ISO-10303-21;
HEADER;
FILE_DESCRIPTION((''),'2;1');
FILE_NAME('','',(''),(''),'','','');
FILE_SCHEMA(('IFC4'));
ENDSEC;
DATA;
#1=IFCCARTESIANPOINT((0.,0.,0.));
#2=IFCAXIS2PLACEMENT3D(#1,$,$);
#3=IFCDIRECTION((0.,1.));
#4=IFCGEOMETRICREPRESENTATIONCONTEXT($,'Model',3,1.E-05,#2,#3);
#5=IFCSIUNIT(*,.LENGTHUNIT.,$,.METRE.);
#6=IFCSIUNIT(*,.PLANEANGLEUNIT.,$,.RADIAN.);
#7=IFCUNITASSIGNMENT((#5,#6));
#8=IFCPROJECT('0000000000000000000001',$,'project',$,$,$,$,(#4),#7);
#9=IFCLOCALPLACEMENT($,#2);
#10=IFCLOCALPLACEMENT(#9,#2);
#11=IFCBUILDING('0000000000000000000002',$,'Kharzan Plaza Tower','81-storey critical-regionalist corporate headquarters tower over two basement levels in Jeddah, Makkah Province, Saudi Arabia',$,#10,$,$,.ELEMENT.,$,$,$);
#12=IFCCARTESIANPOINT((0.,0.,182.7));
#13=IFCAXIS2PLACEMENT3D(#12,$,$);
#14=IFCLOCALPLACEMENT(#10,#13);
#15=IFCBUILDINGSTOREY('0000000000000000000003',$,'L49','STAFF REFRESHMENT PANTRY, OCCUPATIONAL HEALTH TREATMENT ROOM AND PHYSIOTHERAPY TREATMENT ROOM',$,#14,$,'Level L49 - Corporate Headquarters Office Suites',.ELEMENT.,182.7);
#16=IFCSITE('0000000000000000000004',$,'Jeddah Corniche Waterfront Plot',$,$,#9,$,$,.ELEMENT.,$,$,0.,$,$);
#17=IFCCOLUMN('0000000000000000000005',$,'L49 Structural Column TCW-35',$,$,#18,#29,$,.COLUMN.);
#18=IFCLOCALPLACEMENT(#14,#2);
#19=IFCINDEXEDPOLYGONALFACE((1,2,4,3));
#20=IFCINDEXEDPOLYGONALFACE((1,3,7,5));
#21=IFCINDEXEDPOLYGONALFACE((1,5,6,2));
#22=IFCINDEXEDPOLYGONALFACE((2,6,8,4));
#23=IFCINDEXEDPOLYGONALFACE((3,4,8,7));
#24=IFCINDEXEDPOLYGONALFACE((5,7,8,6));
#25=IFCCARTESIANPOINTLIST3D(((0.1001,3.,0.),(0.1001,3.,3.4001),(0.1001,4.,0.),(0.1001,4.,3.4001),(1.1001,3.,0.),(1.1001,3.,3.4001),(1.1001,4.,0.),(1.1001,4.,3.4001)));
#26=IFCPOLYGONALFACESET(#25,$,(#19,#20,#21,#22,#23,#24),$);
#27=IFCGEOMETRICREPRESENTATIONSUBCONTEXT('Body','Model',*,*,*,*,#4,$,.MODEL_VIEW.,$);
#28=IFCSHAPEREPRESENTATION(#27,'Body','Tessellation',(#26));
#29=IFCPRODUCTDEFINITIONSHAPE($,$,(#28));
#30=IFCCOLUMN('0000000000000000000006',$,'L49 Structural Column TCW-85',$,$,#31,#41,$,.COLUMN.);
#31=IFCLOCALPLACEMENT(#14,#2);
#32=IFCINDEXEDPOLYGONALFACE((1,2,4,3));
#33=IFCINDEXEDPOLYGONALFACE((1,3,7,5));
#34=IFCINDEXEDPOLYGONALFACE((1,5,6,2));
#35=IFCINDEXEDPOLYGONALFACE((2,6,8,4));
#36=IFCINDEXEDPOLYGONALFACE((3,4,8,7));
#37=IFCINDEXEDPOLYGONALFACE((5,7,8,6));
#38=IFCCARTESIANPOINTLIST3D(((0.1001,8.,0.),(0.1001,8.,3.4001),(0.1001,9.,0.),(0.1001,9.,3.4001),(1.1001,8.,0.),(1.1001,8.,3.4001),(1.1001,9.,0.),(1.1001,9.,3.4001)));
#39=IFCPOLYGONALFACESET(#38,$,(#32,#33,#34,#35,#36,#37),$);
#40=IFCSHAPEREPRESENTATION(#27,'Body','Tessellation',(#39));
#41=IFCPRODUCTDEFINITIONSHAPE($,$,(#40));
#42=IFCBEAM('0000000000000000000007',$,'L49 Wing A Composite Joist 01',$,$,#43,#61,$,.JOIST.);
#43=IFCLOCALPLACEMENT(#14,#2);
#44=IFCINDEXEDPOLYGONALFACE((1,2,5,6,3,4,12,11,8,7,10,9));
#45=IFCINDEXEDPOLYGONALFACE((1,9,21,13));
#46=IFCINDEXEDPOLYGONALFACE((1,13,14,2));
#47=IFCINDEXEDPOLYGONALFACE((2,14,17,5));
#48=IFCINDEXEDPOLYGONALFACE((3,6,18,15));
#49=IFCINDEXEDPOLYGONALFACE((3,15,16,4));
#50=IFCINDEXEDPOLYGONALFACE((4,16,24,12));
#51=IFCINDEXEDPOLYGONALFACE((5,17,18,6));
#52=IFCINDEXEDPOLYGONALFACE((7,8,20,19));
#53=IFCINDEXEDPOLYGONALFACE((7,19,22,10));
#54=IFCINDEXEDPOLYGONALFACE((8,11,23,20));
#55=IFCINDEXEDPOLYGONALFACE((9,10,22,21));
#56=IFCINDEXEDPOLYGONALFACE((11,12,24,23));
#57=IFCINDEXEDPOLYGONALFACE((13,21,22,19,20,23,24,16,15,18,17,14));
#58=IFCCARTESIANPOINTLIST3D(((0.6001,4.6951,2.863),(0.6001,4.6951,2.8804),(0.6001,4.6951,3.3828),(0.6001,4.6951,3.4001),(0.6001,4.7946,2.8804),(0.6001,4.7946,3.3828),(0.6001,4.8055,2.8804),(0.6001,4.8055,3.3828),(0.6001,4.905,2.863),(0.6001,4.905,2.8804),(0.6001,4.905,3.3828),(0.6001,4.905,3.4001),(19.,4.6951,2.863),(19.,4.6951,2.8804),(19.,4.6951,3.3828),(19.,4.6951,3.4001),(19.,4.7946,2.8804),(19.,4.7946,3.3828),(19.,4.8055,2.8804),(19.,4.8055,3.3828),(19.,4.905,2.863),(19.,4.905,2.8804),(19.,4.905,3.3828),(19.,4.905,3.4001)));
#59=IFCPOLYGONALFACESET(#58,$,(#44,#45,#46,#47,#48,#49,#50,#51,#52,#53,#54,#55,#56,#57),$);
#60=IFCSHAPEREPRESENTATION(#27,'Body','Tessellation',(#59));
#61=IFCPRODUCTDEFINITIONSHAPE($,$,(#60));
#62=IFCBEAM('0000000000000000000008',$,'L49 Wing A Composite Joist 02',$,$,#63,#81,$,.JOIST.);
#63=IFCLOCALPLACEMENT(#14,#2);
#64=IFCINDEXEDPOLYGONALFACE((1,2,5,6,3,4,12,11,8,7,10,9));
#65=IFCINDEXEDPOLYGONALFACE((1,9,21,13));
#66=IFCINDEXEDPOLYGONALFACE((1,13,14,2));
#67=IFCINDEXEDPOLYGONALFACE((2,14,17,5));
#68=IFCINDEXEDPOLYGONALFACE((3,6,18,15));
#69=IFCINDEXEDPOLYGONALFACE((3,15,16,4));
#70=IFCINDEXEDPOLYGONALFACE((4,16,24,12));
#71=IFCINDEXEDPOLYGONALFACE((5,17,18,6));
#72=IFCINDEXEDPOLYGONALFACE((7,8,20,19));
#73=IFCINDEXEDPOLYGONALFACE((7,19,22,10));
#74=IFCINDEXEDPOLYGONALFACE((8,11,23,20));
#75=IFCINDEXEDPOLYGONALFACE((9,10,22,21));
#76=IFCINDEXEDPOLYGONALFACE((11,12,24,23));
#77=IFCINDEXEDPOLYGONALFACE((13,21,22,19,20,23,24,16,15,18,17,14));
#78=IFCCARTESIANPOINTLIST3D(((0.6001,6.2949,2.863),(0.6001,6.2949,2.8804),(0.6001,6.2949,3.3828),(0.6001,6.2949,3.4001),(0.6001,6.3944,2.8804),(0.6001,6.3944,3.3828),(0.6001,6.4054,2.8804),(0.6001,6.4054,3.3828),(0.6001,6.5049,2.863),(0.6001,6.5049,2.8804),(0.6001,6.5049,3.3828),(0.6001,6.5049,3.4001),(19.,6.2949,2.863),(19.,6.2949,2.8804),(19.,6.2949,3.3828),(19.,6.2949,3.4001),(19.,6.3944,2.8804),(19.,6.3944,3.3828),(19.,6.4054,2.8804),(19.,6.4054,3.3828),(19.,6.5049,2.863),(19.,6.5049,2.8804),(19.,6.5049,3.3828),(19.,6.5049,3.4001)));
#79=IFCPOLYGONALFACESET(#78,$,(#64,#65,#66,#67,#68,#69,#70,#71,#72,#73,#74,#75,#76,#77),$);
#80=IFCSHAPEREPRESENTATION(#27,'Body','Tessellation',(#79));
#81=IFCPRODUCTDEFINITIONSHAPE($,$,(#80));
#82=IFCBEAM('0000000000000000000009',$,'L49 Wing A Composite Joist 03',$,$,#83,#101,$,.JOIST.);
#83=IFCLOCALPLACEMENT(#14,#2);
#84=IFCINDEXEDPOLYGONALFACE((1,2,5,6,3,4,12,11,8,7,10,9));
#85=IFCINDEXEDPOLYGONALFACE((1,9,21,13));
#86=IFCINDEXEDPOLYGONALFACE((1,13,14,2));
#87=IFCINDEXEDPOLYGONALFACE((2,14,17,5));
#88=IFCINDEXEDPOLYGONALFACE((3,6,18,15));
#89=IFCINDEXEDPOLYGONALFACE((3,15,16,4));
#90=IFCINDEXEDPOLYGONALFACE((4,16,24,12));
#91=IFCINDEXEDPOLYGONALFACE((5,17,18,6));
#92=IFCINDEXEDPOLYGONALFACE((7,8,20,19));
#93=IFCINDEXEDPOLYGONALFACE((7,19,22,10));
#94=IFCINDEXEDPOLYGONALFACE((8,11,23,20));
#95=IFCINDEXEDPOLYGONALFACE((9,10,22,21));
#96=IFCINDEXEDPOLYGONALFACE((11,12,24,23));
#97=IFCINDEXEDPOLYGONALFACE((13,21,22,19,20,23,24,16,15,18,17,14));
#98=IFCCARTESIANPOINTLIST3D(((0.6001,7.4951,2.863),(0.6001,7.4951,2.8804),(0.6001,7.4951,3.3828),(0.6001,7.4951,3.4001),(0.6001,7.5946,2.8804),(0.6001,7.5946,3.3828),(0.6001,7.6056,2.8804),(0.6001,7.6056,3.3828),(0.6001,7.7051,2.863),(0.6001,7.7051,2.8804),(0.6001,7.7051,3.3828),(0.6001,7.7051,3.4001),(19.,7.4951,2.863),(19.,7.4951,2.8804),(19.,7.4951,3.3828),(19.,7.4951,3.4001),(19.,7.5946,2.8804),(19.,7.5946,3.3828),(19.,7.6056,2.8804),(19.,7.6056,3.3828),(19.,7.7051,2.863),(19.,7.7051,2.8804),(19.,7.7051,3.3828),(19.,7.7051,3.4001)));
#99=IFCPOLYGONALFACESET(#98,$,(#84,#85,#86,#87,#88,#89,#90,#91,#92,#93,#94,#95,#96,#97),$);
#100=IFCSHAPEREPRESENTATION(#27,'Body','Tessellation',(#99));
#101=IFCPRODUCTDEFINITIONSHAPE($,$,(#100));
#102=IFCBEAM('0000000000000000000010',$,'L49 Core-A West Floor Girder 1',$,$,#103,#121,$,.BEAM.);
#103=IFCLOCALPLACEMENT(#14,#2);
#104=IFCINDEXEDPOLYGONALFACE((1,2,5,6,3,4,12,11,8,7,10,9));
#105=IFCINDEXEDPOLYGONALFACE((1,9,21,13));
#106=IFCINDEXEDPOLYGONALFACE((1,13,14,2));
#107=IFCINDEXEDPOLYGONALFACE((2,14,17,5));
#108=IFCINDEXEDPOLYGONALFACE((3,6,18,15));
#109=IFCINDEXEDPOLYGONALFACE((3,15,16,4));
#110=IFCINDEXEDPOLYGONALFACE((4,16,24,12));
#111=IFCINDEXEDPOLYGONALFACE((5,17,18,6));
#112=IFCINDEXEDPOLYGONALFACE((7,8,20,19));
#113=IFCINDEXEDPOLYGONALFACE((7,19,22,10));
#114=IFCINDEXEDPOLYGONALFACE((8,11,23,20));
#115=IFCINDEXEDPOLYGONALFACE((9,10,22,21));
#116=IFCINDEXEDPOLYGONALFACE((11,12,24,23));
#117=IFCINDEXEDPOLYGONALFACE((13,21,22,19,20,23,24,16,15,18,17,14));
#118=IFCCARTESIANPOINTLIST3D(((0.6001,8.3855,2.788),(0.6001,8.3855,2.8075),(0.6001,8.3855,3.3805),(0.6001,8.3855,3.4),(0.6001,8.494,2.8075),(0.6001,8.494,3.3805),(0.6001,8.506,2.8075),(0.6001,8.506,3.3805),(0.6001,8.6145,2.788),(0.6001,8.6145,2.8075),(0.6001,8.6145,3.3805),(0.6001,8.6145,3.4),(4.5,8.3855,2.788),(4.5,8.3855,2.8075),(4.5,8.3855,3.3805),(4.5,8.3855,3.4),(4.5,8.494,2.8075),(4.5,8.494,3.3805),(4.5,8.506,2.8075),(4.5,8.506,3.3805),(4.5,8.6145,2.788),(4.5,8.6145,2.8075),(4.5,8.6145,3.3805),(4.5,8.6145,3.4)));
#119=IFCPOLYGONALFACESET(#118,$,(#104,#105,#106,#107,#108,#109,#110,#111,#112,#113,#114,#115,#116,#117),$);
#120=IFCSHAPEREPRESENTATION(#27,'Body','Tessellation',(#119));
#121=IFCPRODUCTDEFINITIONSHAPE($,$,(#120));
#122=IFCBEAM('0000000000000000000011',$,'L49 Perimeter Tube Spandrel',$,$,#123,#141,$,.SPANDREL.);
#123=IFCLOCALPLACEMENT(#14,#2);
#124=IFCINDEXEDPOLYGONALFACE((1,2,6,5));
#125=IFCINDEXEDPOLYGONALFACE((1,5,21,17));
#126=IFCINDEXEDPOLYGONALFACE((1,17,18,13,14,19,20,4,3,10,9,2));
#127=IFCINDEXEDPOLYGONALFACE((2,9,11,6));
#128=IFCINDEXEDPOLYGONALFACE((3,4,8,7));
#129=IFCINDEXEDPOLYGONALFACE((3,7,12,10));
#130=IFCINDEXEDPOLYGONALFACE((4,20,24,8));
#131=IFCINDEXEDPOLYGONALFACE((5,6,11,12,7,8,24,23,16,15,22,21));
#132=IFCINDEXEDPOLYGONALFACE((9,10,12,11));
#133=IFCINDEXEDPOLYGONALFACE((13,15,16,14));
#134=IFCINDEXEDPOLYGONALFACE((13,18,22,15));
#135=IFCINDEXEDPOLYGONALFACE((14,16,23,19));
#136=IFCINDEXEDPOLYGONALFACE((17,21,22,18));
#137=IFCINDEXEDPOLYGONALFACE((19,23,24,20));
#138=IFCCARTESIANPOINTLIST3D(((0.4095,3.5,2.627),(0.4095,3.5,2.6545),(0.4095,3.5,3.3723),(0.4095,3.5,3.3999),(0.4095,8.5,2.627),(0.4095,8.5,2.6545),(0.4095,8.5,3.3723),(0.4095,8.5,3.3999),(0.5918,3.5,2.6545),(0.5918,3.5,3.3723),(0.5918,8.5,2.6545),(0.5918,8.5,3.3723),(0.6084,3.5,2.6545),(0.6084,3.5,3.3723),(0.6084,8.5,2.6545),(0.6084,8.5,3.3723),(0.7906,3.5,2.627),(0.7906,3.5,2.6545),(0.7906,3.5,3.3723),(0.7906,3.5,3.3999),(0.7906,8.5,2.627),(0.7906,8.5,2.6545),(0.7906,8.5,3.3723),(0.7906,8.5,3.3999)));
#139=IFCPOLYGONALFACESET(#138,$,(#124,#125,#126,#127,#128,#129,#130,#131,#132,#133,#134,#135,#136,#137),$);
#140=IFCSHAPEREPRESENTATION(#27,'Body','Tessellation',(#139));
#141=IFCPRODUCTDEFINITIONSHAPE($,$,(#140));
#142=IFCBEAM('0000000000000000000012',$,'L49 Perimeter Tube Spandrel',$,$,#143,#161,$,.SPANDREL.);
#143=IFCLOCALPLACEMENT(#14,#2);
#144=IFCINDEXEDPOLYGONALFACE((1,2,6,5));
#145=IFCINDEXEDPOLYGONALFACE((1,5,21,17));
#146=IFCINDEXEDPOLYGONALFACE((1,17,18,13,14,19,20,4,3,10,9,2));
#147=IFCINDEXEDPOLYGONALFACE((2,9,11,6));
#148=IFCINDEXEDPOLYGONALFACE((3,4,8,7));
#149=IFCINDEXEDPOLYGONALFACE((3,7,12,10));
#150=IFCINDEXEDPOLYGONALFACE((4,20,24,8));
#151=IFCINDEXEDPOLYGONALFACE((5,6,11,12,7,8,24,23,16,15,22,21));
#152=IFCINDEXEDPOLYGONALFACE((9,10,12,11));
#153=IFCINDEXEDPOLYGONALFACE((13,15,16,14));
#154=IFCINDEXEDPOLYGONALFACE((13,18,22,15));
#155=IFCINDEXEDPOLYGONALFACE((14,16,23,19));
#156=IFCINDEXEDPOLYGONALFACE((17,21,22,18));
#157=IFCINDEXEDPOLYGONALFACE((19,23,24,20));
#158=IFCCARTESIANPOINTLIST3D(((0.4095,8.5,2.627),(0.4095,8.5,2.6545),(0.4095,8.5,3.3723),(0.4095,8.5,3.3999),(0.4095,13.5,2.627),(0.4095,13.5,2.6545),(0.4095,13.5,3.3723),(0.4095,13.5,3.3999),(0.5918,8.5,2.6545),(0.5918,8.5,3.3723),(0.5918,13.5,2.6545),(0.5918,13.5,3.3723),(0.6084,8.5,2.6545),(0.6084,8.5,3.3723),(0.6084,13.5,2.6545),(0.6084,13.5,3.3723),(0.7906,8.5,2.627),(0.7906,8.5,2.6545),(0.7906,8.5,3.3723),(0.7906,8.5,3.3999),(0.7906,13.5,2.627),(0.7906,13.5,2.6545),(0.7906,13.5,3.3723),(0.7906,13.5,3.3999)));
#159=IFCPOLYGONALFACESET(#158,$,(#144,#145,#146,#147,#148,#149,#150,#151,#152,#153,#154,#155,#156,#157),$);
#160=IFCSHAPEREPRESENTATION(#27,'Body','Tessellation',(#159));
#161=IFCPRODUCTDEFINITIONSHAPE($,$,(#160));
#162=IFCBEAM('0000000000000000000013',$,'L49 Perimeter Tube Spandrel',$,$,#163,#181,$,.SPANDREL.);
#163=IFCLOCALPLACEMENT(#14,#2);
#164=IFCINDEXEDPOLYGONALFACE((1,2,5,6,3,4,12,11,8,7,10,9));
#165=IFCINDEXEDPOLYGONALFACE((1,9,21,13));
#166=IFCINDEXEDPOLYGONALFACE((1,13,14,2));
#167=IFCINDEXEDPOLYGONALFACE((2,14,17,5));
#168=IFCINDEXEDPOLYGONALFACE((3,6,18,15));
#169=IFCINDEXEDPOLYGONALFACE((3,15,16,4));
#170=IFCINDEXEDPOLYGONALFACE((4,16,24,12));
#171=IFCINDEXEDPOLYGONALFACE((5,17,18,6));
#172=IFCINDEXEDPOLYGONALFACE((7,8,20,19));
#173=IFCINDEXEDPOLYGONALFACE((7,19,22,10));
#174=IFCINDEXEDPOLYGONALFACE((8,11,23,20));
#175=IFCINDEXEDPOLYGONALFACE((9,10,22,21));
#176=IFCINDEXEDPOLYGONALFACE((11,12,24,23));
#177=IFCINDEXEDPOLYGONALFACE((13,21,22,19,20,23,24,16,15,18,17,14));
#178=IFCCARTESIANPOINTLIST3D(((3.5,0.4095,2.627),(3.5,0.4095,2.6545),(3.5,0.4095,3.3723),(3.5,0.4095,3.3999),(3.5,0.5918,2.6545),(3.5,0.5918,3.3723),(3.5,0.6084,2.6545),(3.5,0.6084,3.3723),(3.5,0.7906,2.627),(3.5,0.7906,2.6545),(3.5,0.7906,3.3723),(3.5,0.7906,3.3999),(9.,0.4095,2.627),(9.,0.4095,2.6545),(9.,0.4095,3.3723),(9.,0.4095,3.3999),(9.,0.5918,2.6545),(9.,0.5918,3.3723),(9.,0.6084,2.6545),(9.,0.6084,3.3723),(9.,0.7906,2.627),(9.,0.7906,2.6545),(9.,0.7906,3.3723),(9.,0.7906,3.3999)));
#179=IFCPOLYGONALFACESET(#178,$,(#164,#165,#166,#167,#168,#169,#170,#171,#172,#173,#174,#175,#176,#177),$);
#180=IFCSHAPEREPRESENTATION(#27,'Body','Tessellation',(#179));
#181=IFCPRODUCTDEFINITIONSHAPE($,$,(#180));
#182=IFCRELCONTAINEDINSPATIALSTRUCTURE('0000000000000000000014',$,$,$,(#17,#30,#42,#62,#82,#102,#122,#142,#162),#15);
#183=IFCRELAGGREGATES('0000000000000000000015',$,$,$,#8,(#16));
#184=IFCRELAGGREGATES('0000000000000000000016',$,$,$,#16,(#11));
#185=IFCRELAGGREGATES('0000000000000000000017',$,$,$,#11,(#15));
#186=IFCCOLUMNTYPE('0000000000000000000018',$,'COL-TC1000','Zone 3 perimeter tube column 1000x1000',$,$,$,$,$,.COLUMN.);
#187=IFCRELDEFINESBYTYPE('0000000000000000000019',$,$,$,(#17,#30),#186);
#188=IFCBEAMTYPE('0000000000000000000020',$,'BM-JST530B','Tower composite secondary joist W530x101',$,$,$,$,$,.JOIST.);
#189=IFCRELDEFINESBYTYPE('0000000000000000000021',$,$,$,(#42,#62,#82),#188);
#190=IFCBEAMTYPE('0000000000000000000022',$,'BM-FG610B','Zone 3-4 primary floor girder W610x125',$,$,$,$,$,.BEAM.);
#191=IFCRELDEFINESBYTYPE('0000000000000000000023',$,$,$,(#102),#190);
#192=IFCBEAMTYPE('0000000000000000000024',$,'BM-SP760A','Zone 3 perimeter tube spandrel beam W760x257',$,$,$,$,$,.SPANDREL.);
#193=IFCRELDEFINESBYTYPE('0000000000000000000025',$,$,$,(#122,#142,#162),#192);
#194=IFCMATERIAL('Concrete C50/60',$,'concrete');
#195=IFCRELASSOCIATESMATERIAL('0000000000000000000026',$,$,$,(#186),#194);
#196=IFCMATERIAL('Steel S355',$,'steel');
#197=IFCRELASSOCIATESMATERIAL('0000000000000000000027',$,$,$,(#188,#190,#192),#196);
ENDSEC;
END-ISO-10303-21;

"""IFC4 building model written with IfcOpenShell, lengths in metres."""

from ifc_helpers import new_model, si_unit, direction, frame, origin, origin_2d, place, context, subcontext, project, spatial, rectangle, i_section, extrude, source, transform, mapped, material, material_profile, profile_set, type_object, element, save


model = new_model("IFC4")

# Units and contexts
model_context = context("Model", 3, precision=1e-05, world=origin(), true_north=direction((0.0, 1.0)))
body_context = subcontext(model_context, "Body", "Model", "MODEL_VIEW")
ifc_project = project(units=[si_unit("LENGTHUNIT", "METRE"), si_unit("PLANEANGLEUNIT", "RADIAN")], contexts=[model_context])

# Site, building, storey
site_placement = place(None, origin())
site = spatial("IfcSite", under=ifc_project, at=site_placement, Name="Jeddah Corniche Waterfront Plot", CompositionType="ELEMENT", RefElevation=0.0)
building_placement = place(site_placement, origin())
building = spatial("IfcBuilding", under=site, at=building_placement, Name="Kharzan Plaza Tower", Description="81-storey critical-regionalist corporate headquarters tower over two basement levels in Jeddah, Makkah Province, Saudi Arabia", CompositionType="ELEMENT")
storey_placement = place(building_placement, frame((0.0, 0.0, 182.7)))
storey = spatial("IfcBuildingStorey", under=building, at=storey_placement, Name="L49", Description="STAFF REFRESHMENT PANTRY, OCCUPATIONAL HEALTH TREATMENT ROOM AND PHYSIOTHERAPY TREATMENT ROOM", LongName="Level L49 - Corporate Headquarters Office Suites", CompositionType="ELEMENT", Elevation=182.7)

# Columns
ifc_material_1 = material(Name="Concrete C50/60", Category="concrete")
ifc_material_profile_1 = material_profile(ifc_material_1, rectangle(XDim=1.0, YDim=1.0, at=origin_2d()), Name="RC-TC1000x1000")
ifc_profile_set_1 = profile_set([ifc_material_profile_1], Name="Concrete C50/60")
column_type = type_object("IfcColumnType", Name="COL-TC1000", Description="Zone 3 perimeter tube column 1000x1000", PredefinedType="COLUMN", material=ifc_profile_set_1)
shared_shape_1 = source(origin(), body_context, "Body", "SweptSolid", [
    extrude(rectangle(XDim=1.0, YDim=1.0, at=origin_2d()), origin(), (0.0, 0.0, 1.0), 3.4001),
])
for number, where, z_axis, x_axis, name in (
    (1, (0.6001, 3.5, 0.0), (0.0, 0.0, 1.0), (1.0, 0.0, 0.0), "L49 Structural Column TCW-35"),
    (2, (0.6001, 8.5, 0.0), (0.0, 0.0, 1.0), (1.0, 0.0, 0.0), "L49 Structural Column TCW-85"),
):
    element("IfcColumn", number, at=place(storey_placement, frame(where, z_axis=z_axis, x_axis=x_axis)), inside=storey, type_object=column_type, Name=name, PredefinedType="COLUMN", context=body_context, shape_type="MappedRepresentation", body=[
        mapped(shared_shape_1, transform((0.0, 0.0, 0.0), x_axis=(1.0, 0.0, 0.0), y_axis=(0.0, 1.0, 0.0), z_axis=(0.0, 0.0, 1.0))),
    ])

# Beams
ifc_material_2 = material(Name="Steel S355", Category="steel")
ifc_material_profile_2 = material_profile(ifc_material_2, i_section(OverallWidth=0.21, OverallDepth=0.5371, WebThickness=0.011, FlangeThickness=0.0173, at=origin_2d()), Name="W530x101")
ifc_profile_set_2 = profile_set([ifc_material_profile_2], Name="Steel S355")
beam_type_1 = type_object("IfcBeamType", Name="BM-JST530B", Description="Tower composite secondary joist W530x101", PredefinedType="JOIST", material=ifc_profile_set_2)
shared_shape_2 = source(origin(), body_context, "Body", "SweptSolid", [
    extrude(i_section(OverallWidth=0.21, OverallDepth=0.5371, WebThickness=0.011, FlangeThickness=0.0173, at=origin_2d()), origin(), (0.0, 0.0, 1.0), 18.3999),
])
for number, where, z_axis, x_axis, name in (
    (3, (0.6001, 4.8, 3.1316), (1.0, 0.0, 0.0), (0.0, 1.0, 0.0), "L49 Wing A Composite Joist 01"),
    (4, (0.6001, 6.3999, 3.1316), (1.0, 0.0, 0.0), (0.0, 1.0, 0.0), "L49 Wing A Composite Joist 02"),
    (5, (0.6001, 7.6001, 3.1316), (1.0, 0.0, 0.0), (0.0, 1.0, 0.0), "L49 Wing A Composite Joist 03"),
):
    element("IfcBeam", number, at=place(storey_placement, frame(where, z_axis=z_axis, x_axis=x_axis)), inside=storey, type_object=beam_type_1, Name=name, PredefinedType="JOIST", context=body_context, shape_type="MappedRepresentation", body=[
        mapped(shared_shape_2, transform((0.0, 0.0, 0.0), x_axis=(1.0, 0.0, 0.0), y_axis=(0.0, 1.0, 0.0), z_axis=(0.0, 0.0, 1.0))),
    ])
ifc_material_profile_3 = material_profile(ifc_material_2, i_section(OverallWidth=0.229, OverallDepth=0.6121, WebThickness=0.012, FlangeThickness=0.0195, at=origin_2d()), Name="W610x125")
ifc_profile_set_3 = profile_set([ifc_material_profile_3], Name="Steel S355")
beam_type_2 = type_object("IfcBeamType", Name="BM-FG610B", Description="Zone 3-4 primary floor girder W610x125", PredefinedType="BEAM", material=ifc_profile_set_3)
shared_shape_3 = source(origin(), body_context, "Body", "SweptSolid", [
    extrude(i_section(OverallWidth=0.229, OverallDepth=0.6121, WebThickness=0.012, FlangeThickness=0.0195, at=origin_2d()), origin(), (0.0, 0.0, 1.0), 3.8999),
])
beam_1_placement = place(storey_placement, frame((0.6001, 8.5, 3.094), z_axis=(1.0, 0.0, 0.0), x_axis=(0.0, 1.0, 0.0)))
element("IfcBeam", 6, at=beam_1_placement, inside=storey, type_object=beam_type_2, Name="L49 Core-A West Floor Girder 1", PredefinedType="BEAM", context=body_context, shape_type="MappedRepresentation", body=[
    mapped(shared_shape_3, transform((0.0, 0.0, 0.0), x_axis=(1.0, 0.0, 0.0), y_axis=(0.0, 1.0, 0.0), z_axis=(0.0, 0.0, 1.0))),
])
ifc_material_profile_4 = material_profile(ifc_material_2, i_section(OverallWidth=0.3811, OverallDepth=0.7729, WebThickness=0.0166, FlangeThickness=0.0276, at=origin_2d()), Name="W760x257")
ifc_profile_set_4 = profile_set([ifc_material_profile_4], Name="Steel S355")
beam_type_3 = type_object("IfcBeamType", Name="BM-SP760A", Description="Zone 3 perimeter tube spandrel beam W760x257", PredefinedType="SPANDREL", material=ifc_profile_set_4)
shared_shape_4 = source(origin(), body_context, "Body", "SweptSolid", [
    extrude(i_section(OverallWidth=0.3811, OverallDepth=0.7729, WebThickness=0.0166, FlangeThickness=0.0276, at=origin_2d()), origin(), (0.0, 0.0, 1.0), 5.0),
])
for number, where, z_axis, x_axis, name in (
    (7, (0.6001, 3.5, 3.0134), (0.0, 1.0, 0.0), (-1.0, 0.0, 0.0), "L49 Perimeter Tube Spandrel"),
    (8, (0.6001, 8.5, 3.0134), (0.0, 1.0, 0.0), (-1.0, 0.0, 0.0), "L49 Perimeter Tube Spandrel"),
):
    element("IfcBeam", number, at=place(storey_placement, frame(where, z_axis=z_axis, x_axis=x_axis)), inside=storey, type_object=beam_type_3, Name=name, PredefinedType="SPANDREL", context=body_context, shape_type="MappedRepresentation", body=[
        mapped(shared_shape_4, transform((0.0, 0.0, 0.0), x_axis=(1.0, 0.0, 0.0), y_axis=(0.0, 1.0, 0.0), z_axis=(0.0, 0.0, 1.0))),
    ])
shared_shape_5 = source(origin(), body_context, "Body", "SweptSolid", [
    extrude(i_section(OverallWidth=0.3811, OverallDepth=0.7729, WebThickness=0.0166, FlangeThickness=0.0276, at=origin_2d()), origin(), (0.0, 0.0, 1.0), 5.5),
])
beam_2_placement = place(storey_placement, frame((3.5, 0.6001, 3.0134), z_axis=(1.0, 0.0, 0.0), x_axis=(0.0, 1.0, 0.0)))
element("IfcBeam", 9, at=beam_2_placement, inside=storey, type_object=beam_type_3, Name="L49 Perimeter Tube Spandrel", PredefinedType="SPANDREL", context=body_context, shape_type="MappedRepresentation", body=[
    mapped(shared_shape_5, transform((0.0, 0.0, 0.0), x_axis=(1.0, 0.0, 0.0), y_axis=(0.0, 1.0, 0.0), z_axis=(0.0, 0.0, 1.0))),
])

save(model, "model.ifc")
